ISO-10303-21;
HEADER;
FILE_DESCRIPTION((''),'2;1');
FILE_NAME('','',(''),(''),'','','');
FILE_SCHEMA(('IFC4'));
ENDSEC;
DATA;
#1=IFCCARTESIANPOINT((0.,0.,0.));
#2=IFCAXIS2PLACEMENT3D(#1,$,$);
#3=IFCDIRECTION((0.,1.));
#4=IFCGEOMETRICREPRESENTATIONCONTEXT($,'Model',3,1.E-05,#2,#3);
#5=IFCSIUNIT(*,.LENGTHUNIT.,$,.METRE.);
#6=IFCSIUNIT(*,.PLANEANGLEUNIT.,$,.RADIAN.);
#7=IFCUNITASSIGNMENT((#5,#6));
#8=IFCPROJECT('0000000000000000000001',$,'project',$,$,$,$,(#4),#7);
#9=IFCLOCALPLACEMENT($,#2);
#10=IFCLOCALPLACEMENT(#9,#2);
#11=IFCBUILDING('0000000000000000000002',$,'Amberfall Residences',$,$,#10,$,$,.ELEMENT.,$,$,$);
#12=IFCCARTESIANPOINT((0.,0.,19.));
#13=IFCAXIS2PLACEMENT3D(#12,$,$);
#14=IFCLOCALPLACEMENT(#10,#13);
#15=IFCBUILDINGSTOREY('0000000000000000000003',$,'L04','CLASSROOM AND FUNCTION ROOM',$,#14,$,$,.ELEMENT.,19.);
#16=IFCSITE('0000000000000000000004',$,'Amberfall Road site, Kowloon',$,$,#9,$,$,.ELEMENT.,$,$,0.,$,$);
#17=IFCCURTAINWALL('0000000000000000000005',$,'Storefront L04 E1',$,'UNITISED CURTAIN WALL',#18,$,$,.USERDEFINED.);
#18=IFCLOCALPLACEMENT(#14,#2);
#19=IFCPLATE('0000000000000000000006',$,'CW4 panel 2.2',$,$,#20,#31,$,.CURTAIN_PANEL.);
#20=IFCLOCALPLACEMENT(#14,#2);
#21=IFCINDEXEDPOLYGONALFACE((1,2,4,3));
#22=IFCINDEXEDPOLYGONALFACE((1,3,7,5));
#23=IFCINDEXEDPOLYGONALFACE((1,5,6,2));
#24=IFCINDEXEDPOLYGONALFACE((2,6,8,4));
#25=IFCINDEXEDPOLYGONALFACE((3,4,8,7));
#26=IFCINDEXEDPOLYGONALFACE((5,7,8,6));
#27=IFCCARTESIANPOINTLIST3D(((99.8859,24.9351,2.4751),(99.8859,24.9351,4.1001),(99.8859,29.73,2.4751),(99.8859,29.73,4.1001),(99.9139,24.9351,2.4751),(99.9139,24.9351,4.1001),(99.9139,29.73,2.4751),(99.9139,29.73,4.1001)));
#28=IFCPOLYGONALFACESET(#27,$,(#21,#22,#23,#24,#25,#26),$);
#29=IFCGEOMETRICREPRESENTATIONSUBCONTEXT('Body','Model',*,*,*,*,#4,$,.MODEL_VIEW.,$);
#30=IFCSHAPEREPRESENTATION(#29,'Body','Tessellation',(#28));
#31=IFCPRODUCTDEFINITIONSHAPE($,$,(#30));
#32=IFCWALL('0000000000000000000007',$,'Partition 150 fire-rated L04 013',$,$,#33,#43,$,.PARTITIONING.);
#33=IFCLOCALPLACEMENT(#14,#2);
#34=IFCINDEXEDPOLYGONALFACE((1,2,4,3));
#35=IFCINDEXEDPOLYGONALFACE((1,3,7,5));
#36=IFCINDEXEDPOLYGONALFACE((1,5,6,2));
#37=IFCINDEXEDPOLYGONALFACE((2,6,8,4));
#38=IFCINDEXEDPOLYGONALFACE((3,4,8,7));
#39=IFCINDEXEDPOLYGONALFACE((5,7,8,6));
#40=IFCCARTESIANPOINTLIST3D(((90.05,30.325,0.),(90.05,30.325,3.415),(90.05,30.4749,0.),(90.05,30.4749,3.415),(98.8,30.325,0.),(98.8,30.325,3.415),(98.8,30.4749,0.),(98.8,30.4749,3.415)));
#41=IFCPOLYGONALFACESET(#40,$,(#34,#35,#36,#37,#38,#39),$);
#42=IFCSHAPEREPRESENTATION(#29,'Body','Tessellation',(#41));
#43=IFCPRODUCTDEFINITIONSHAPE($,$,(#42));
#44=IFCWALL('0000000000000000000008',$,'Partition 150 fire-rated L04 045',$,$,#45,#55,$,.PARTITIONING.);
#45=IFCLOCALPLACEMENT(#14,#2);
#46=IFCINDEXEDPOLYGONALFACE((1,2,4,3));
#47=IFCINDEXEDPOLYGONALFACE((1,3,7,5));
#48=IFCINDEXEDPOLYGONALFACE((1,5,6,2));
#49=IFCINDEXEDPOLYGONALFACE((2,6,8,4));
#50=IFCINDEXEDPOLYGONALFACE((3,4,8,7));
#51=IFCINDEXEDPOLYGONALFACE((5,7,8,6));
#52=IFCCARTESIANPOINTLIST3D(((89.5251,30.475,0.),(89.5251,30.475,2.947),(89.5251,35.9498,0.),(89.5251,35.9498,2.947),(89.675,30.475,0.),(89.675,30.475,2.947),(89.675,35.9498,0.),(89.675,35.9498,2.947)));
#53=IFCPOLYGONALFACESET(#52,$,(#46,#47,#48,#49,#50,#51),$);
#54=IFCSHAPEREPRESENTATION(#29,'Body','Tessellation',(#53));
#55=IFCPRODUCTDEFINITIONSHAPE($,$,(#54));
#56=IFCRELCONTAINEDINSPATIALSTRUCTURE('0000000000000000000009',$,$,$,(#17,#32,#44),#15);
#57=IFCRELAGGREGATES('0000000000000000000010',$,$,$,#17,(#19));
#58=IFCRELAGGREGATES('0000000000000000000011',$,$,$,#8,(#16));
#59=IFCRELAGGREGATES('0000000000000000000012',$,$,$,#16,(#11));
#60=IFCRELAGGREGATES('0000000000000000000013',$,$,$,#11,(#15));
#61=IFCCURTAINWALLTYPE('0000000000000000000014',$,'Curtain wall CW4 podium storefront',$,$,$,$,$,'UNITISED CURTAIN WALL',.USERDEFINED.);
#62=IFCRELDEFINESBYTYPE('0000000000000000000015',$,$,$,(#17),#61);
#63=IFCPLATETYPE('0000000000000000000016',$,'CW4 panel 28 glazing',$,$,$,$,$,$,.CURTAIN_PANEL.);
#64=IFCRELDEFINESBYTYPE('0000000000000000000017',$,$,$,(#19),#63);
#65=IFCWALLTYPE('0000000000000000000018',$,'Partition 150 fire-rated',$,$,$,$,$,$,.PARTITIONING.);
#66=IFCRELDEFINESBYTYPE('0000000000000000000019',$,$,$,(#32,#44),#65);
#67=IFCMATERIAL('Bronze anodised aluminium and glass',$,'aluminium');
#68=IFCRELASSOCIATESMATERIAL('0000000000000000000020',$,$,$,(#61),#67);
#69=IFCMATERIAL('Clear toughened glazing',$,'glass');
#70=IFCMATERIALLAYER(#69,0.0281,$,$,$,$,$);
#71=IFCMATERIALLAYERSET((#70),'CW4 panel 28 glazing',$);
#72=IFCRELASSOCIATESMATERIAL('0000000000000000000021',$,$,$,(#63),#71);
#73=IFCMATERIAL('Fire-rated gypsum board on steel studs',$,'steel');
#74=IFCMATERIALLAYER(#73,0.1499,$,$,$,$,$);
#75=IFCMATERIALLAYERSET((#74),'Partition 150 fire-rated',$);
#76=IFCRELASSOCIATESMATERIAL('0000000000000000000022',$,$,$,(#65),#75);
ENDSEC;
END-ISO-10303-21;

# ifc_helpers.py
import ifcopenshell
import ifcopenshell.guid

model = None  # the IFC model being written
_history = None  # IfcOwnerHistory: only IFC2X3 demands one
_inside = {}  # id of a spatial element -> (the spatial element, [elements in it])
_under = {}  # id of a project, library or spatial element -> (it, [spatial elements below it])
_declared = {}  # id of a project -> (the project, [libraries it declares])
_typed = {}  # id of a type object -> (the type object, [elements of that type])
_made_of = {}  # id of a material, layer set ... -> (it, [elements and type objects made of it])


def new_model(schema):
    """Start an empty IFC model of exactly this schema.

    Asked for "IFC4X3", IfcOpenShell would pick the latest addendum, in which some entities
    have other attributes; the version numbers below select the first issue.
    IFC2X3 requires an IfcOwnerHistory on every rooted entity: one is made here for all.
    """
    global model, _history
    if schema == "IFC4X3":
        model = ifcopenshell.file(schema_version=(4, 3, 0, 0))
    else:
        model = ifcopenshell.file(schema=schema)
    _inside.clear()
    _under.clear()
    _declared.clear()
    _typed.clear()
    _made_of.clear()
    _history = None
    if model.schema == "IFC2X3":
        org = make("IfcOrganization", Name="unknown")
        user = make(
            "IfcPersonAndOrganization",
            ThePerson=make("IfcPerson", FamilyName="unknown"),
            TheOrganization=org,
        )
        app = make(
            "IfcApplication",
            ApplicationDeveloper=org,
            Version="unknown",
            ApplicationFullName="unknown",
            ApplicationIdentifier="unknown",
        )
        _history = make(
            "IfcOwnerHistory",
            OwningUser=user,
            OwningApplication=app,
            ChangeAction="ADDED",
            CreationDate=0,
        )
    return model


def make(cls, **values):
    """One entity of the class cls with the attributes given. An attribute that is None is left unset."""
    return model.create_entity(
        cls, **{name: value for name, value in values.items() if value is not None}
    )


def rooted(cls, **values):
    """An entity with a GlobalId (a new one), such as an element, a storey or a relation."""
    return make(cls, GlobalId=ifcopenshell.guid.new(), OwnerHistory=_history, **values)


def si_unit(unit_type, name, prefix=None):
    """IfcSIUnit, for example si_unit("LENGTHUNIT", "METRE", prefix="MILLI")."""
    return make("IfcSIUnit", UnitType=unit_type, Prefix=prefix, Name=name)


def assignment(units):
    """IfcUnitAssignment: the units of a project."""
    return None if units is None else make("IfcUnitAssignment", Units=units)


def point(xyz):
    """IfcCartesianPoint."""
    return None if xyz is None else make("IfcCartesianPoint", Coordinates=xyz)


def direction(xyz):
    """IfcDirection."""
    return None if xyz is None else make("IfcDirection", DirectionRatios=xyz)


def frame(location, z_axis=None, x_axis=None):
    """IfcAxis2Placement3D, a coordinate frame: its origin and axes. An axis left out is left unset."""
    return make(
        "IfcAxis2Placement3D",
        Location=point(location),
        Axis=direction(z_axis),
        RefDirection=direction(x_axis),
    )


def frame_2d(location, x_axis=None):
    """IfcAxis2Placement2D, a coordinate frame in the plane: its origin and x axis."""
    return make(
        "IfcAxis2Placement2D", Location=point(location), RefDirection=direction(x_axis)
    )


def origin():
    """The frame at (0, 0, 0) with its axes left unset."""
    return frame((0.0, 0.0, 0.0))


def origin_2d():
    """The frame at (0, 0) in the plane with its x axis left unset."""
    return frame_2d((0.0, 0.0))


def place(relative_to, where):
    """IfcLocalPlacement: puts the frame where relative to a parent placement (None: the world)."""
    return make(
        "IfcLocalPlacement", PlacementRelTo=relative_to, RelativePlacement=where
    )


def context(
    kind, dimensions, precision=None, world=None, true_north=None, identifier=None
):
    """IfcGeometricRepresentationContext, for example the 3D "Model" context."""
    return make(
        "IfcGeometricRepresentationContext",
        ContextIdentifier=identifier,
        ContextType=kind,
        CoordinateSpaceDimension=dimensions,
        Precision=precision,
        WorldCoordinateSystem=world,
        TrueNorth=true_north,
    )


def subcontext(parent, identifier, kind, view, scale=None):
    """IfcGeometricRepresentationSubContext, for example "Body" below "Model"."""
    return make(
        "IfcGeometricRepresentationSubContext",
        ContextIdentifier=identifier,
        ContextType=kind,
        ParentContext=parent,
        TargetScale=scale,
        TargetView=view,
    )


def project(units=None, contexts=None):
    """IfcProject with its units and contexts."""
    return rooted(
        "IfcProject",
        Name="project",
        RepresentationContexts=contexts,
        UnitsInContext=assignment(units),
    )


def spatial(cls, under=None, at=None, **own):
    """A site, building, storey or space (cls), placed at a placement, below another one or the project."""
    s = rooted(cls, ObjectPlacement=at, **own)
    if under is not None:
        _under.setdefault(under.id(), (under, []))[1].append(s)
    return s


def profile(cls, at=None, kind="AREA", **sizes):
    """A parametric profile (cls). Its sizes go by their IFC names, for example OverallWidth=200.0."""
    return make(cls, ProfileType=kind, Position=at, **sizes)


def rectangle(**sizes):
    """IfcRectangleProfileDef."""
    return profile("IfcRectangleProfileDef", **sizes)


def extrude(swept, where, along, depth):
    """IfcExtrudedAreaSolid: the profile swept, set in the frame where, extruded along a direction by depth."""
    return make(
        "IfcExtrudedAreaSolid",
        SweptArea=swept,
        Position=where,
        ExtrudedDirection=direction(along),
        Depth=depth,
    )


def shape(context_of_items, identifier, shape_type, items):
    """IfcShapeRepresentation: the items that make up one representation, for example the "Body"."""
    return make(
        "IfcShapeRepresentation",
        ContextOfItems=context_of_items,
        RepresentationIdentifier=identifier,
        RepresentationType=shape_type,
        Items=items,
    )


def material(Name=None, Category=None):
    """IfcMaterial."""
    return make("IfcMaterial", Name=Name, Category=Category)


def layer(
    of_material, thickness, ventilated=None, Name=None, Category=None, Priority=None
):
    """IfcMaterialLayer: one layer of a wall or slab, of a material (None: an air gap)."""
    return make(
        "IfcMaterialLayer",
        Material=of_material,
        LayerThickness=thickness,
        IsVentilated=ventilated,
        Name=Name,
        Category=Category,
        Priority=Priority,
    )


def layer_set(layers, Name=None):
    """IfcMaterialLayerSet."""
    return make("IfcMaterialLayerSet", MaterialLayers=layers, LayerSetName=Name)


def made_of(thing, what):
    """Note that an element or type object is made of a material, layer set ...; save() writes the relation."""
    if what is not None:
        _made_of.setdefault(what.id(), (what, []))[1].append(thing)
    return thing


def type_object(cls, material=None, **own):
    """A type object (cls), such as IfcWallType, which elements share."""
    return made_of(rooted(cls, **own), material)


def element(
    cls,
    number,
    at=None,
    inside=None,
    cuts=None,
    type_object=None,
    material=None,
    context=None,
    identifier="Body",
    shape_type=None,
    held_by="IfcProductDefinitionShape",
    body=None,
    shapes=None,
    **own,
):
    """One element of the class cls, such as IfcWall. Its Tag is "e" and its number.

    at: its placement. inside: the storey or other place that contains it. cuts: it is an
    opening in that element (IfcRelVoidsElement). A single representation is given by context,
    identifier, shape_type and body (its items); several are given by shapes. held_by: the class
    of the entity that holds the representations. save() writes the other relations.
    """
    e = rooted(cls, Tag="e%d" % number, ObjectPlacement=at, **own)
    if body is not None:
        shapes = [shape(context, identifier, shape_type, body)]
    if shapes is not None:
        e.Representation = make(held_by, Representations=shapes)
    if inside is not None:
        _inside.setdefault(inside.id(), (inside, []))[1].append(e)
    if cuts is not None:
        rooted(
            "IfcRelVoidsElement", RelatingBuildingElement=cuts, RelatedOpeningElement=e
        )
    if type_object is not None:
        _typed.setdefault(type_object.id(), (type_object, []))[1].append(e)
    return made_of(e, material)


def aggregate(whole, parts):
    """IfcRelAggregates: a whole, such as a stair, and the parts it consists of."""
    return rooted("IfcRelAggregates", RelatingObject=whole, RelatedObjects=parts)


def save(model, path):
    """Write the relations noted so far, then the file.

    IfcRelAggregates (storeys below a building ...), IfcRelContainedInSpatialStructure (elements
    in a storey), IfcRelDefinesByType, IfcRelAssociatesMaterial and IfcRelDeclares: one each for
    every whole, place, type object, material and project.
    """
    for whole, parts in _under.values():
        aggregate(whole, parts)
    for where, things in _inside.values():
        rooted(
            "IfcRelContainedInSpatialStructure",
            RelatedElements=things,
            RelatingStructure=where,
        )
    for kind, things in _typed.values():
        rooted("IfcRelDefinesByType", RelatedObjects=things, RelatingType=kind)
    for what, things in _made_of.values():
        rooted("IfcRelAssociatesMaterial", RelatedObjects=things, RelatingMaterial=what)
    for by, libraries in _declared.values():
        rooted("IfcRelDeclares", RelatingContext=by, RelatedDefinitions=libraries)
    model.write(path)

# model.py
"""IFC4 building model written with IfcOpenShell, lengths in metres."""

from ifc_helpers import new_model, si_unit, direction, frame, frame_2d, origin, origin_2d, place, context, subcontext, project, spatial, rectangle, extrude, material, layer, layer_set, type_object, element, aggregate, save


model = new_model("IFC4")

# Units and contexts
model_context = context("Model", 3, precision=1e-05, world=origin(), true_north=direction((0.0, 1.0)))
body_context = subcontext(model_context, "Body", "Model", "MODEL_VIEW")
ifc_project = project(units=[si_unit("LENGTHUNIT", "METRE"), si_unit("PLANEANGLEUNIT", "RADIAN")], contexts=[model_context])

# Site, building, storey
site_placement = place(None, origin())
site = spatial("IfcSite", under=ifc_project, at=site_placement, Name="Amberfall Road site, Kowloon", CompositionType="ELEMENT", RefElevation=0.0)
building_placement = place(site_placement, origin())
building = spatial("IfcBuilding", under=site, at=building_placement, Name="Amberfall Residences", CompositionType="ELEMENT")
storey_placement = place(building_placement, frame((0.0, 0.0, 19.0)))
storey = spatial("IfcBuildingStorey", under=building, at=storey_placement, Name="L04", Description="CLASSROOM AND FUNCTION ROOM", CompositionType="ELEMENT", Elevation=19.0)

# Curtain wall
ifc_material_1 = material(Name="Bronze anodised aluminium and glass", Category="aluminium")
curtain_wall_type = type_object("IfcCurtainWallType", Name="Curtain wall CW4 podium storefront", ElementType="UNITISED CURTAIN WALL", PredefinedType="USERDEFINED", material=ifc_material_1)
curtain_wall_1_placement = place(storey_placement, origin())
curtain_wall_1 = element("IfcCurtainWall", 1, at=curtain_wall_1_placement, inside=storey, type_object=curtain_wall_type, Name="Storefront L04 E1", ObjectType="UNITISED CURTAIN WALL", PredefinedType="USERDEFINED")

# Plate
ifc_material_2 = material(Name="Clear toughened glazing", Category="glass")
ifc_layer_1 = layer(ifc_material_2, 0.0281)
ifc_layer_set_1 = layer_set([ifc_layer_1], Name="CW4 panel 28 glazing")
plate_type = type_object("IfcPlateType", Name="CW4 panel 28 glazing", PredefinedType="CURTAIN_PANEL", material=ifc_layer_set_1)
plate_1_placement = place(storey_placement, frame((99.8999, 27.3325, 2.4751), z_axis=(0.0, 0.0, 1.0), x_axis=(0.0, 1.0, 0.0)))
plate_1 = element("IfcPlate", 2, at=plate_1_placement, type_object=plate_type, Name="CW4 panel 2.2", PredefinedType="CURTAIN_PANEL", context=body_context, shape_type="SweptSolid", body=[
    extrude(rectangle(XDim=4.7949, YDim=0.0281, at=origin_2d()), origin(), (0.0, 0.0, 1.0), 1.625),
])
aggregate(curtain_wall_1, [plate_1])

# Walls
ifc_material_3 = material(Name="Fire-rated gypsum board on steel studs", Category="steel")
ifc_layer_2 = layer(ifc_material_3, 0.1499)
ifc_layer_set_2 = layer_set([ifc_layer_2], Name="Partition 150 fire-rated")
wall_type = type_object("IfcWallType", Name="Partition 150 fire-rated", PredefinedType="PARTITIONING", material=ifc_layer_set_2)
wall_1_placement = place(storey_placement, frame((90.05, 30.3999, 0.0), z_axis=(0.0, 0.0, 1.0), x_axis=(1.0, 0.0, 0.0)))
element("IfcWall", 3, at=wall_1_placement, inside=storey, type_object=wall_type, Name="Partition 150 fire-rated L04 013", PredefinedType="PARTITIONING", context=body_context, shape_type="SweptSolid", body=[
    extrude(rectangle(XDim=8.75, YDim=0.1499, at=frame_2d((4.375, 0.0))), origin(), (0.0, 0.0, 1.0), 3.415),
])
wall_2_placement = place(storey_placement, frame((89.6001, 30.4751, 0.0), z_axis=(0.0, 0.0, 1.0), x_axis=(0.0, 1.0, 0.0)))
element("IfcWall", 4, at=wall_2_placement, inside=storey, type_object=wall_type, Name="Partition 150 fire-rated L04 045", PredefinedType="PARTITIONING", context=body_context, shape_type="SweptSolid", body=[
    extrude(rectangle(XDim=5.4749, YDim=0.1499, at=frame_2d((2.7373, 0.0))), origin(), (0.0, 0.0, 1.0), 2.947),
])

save(model, "model.ifc")
